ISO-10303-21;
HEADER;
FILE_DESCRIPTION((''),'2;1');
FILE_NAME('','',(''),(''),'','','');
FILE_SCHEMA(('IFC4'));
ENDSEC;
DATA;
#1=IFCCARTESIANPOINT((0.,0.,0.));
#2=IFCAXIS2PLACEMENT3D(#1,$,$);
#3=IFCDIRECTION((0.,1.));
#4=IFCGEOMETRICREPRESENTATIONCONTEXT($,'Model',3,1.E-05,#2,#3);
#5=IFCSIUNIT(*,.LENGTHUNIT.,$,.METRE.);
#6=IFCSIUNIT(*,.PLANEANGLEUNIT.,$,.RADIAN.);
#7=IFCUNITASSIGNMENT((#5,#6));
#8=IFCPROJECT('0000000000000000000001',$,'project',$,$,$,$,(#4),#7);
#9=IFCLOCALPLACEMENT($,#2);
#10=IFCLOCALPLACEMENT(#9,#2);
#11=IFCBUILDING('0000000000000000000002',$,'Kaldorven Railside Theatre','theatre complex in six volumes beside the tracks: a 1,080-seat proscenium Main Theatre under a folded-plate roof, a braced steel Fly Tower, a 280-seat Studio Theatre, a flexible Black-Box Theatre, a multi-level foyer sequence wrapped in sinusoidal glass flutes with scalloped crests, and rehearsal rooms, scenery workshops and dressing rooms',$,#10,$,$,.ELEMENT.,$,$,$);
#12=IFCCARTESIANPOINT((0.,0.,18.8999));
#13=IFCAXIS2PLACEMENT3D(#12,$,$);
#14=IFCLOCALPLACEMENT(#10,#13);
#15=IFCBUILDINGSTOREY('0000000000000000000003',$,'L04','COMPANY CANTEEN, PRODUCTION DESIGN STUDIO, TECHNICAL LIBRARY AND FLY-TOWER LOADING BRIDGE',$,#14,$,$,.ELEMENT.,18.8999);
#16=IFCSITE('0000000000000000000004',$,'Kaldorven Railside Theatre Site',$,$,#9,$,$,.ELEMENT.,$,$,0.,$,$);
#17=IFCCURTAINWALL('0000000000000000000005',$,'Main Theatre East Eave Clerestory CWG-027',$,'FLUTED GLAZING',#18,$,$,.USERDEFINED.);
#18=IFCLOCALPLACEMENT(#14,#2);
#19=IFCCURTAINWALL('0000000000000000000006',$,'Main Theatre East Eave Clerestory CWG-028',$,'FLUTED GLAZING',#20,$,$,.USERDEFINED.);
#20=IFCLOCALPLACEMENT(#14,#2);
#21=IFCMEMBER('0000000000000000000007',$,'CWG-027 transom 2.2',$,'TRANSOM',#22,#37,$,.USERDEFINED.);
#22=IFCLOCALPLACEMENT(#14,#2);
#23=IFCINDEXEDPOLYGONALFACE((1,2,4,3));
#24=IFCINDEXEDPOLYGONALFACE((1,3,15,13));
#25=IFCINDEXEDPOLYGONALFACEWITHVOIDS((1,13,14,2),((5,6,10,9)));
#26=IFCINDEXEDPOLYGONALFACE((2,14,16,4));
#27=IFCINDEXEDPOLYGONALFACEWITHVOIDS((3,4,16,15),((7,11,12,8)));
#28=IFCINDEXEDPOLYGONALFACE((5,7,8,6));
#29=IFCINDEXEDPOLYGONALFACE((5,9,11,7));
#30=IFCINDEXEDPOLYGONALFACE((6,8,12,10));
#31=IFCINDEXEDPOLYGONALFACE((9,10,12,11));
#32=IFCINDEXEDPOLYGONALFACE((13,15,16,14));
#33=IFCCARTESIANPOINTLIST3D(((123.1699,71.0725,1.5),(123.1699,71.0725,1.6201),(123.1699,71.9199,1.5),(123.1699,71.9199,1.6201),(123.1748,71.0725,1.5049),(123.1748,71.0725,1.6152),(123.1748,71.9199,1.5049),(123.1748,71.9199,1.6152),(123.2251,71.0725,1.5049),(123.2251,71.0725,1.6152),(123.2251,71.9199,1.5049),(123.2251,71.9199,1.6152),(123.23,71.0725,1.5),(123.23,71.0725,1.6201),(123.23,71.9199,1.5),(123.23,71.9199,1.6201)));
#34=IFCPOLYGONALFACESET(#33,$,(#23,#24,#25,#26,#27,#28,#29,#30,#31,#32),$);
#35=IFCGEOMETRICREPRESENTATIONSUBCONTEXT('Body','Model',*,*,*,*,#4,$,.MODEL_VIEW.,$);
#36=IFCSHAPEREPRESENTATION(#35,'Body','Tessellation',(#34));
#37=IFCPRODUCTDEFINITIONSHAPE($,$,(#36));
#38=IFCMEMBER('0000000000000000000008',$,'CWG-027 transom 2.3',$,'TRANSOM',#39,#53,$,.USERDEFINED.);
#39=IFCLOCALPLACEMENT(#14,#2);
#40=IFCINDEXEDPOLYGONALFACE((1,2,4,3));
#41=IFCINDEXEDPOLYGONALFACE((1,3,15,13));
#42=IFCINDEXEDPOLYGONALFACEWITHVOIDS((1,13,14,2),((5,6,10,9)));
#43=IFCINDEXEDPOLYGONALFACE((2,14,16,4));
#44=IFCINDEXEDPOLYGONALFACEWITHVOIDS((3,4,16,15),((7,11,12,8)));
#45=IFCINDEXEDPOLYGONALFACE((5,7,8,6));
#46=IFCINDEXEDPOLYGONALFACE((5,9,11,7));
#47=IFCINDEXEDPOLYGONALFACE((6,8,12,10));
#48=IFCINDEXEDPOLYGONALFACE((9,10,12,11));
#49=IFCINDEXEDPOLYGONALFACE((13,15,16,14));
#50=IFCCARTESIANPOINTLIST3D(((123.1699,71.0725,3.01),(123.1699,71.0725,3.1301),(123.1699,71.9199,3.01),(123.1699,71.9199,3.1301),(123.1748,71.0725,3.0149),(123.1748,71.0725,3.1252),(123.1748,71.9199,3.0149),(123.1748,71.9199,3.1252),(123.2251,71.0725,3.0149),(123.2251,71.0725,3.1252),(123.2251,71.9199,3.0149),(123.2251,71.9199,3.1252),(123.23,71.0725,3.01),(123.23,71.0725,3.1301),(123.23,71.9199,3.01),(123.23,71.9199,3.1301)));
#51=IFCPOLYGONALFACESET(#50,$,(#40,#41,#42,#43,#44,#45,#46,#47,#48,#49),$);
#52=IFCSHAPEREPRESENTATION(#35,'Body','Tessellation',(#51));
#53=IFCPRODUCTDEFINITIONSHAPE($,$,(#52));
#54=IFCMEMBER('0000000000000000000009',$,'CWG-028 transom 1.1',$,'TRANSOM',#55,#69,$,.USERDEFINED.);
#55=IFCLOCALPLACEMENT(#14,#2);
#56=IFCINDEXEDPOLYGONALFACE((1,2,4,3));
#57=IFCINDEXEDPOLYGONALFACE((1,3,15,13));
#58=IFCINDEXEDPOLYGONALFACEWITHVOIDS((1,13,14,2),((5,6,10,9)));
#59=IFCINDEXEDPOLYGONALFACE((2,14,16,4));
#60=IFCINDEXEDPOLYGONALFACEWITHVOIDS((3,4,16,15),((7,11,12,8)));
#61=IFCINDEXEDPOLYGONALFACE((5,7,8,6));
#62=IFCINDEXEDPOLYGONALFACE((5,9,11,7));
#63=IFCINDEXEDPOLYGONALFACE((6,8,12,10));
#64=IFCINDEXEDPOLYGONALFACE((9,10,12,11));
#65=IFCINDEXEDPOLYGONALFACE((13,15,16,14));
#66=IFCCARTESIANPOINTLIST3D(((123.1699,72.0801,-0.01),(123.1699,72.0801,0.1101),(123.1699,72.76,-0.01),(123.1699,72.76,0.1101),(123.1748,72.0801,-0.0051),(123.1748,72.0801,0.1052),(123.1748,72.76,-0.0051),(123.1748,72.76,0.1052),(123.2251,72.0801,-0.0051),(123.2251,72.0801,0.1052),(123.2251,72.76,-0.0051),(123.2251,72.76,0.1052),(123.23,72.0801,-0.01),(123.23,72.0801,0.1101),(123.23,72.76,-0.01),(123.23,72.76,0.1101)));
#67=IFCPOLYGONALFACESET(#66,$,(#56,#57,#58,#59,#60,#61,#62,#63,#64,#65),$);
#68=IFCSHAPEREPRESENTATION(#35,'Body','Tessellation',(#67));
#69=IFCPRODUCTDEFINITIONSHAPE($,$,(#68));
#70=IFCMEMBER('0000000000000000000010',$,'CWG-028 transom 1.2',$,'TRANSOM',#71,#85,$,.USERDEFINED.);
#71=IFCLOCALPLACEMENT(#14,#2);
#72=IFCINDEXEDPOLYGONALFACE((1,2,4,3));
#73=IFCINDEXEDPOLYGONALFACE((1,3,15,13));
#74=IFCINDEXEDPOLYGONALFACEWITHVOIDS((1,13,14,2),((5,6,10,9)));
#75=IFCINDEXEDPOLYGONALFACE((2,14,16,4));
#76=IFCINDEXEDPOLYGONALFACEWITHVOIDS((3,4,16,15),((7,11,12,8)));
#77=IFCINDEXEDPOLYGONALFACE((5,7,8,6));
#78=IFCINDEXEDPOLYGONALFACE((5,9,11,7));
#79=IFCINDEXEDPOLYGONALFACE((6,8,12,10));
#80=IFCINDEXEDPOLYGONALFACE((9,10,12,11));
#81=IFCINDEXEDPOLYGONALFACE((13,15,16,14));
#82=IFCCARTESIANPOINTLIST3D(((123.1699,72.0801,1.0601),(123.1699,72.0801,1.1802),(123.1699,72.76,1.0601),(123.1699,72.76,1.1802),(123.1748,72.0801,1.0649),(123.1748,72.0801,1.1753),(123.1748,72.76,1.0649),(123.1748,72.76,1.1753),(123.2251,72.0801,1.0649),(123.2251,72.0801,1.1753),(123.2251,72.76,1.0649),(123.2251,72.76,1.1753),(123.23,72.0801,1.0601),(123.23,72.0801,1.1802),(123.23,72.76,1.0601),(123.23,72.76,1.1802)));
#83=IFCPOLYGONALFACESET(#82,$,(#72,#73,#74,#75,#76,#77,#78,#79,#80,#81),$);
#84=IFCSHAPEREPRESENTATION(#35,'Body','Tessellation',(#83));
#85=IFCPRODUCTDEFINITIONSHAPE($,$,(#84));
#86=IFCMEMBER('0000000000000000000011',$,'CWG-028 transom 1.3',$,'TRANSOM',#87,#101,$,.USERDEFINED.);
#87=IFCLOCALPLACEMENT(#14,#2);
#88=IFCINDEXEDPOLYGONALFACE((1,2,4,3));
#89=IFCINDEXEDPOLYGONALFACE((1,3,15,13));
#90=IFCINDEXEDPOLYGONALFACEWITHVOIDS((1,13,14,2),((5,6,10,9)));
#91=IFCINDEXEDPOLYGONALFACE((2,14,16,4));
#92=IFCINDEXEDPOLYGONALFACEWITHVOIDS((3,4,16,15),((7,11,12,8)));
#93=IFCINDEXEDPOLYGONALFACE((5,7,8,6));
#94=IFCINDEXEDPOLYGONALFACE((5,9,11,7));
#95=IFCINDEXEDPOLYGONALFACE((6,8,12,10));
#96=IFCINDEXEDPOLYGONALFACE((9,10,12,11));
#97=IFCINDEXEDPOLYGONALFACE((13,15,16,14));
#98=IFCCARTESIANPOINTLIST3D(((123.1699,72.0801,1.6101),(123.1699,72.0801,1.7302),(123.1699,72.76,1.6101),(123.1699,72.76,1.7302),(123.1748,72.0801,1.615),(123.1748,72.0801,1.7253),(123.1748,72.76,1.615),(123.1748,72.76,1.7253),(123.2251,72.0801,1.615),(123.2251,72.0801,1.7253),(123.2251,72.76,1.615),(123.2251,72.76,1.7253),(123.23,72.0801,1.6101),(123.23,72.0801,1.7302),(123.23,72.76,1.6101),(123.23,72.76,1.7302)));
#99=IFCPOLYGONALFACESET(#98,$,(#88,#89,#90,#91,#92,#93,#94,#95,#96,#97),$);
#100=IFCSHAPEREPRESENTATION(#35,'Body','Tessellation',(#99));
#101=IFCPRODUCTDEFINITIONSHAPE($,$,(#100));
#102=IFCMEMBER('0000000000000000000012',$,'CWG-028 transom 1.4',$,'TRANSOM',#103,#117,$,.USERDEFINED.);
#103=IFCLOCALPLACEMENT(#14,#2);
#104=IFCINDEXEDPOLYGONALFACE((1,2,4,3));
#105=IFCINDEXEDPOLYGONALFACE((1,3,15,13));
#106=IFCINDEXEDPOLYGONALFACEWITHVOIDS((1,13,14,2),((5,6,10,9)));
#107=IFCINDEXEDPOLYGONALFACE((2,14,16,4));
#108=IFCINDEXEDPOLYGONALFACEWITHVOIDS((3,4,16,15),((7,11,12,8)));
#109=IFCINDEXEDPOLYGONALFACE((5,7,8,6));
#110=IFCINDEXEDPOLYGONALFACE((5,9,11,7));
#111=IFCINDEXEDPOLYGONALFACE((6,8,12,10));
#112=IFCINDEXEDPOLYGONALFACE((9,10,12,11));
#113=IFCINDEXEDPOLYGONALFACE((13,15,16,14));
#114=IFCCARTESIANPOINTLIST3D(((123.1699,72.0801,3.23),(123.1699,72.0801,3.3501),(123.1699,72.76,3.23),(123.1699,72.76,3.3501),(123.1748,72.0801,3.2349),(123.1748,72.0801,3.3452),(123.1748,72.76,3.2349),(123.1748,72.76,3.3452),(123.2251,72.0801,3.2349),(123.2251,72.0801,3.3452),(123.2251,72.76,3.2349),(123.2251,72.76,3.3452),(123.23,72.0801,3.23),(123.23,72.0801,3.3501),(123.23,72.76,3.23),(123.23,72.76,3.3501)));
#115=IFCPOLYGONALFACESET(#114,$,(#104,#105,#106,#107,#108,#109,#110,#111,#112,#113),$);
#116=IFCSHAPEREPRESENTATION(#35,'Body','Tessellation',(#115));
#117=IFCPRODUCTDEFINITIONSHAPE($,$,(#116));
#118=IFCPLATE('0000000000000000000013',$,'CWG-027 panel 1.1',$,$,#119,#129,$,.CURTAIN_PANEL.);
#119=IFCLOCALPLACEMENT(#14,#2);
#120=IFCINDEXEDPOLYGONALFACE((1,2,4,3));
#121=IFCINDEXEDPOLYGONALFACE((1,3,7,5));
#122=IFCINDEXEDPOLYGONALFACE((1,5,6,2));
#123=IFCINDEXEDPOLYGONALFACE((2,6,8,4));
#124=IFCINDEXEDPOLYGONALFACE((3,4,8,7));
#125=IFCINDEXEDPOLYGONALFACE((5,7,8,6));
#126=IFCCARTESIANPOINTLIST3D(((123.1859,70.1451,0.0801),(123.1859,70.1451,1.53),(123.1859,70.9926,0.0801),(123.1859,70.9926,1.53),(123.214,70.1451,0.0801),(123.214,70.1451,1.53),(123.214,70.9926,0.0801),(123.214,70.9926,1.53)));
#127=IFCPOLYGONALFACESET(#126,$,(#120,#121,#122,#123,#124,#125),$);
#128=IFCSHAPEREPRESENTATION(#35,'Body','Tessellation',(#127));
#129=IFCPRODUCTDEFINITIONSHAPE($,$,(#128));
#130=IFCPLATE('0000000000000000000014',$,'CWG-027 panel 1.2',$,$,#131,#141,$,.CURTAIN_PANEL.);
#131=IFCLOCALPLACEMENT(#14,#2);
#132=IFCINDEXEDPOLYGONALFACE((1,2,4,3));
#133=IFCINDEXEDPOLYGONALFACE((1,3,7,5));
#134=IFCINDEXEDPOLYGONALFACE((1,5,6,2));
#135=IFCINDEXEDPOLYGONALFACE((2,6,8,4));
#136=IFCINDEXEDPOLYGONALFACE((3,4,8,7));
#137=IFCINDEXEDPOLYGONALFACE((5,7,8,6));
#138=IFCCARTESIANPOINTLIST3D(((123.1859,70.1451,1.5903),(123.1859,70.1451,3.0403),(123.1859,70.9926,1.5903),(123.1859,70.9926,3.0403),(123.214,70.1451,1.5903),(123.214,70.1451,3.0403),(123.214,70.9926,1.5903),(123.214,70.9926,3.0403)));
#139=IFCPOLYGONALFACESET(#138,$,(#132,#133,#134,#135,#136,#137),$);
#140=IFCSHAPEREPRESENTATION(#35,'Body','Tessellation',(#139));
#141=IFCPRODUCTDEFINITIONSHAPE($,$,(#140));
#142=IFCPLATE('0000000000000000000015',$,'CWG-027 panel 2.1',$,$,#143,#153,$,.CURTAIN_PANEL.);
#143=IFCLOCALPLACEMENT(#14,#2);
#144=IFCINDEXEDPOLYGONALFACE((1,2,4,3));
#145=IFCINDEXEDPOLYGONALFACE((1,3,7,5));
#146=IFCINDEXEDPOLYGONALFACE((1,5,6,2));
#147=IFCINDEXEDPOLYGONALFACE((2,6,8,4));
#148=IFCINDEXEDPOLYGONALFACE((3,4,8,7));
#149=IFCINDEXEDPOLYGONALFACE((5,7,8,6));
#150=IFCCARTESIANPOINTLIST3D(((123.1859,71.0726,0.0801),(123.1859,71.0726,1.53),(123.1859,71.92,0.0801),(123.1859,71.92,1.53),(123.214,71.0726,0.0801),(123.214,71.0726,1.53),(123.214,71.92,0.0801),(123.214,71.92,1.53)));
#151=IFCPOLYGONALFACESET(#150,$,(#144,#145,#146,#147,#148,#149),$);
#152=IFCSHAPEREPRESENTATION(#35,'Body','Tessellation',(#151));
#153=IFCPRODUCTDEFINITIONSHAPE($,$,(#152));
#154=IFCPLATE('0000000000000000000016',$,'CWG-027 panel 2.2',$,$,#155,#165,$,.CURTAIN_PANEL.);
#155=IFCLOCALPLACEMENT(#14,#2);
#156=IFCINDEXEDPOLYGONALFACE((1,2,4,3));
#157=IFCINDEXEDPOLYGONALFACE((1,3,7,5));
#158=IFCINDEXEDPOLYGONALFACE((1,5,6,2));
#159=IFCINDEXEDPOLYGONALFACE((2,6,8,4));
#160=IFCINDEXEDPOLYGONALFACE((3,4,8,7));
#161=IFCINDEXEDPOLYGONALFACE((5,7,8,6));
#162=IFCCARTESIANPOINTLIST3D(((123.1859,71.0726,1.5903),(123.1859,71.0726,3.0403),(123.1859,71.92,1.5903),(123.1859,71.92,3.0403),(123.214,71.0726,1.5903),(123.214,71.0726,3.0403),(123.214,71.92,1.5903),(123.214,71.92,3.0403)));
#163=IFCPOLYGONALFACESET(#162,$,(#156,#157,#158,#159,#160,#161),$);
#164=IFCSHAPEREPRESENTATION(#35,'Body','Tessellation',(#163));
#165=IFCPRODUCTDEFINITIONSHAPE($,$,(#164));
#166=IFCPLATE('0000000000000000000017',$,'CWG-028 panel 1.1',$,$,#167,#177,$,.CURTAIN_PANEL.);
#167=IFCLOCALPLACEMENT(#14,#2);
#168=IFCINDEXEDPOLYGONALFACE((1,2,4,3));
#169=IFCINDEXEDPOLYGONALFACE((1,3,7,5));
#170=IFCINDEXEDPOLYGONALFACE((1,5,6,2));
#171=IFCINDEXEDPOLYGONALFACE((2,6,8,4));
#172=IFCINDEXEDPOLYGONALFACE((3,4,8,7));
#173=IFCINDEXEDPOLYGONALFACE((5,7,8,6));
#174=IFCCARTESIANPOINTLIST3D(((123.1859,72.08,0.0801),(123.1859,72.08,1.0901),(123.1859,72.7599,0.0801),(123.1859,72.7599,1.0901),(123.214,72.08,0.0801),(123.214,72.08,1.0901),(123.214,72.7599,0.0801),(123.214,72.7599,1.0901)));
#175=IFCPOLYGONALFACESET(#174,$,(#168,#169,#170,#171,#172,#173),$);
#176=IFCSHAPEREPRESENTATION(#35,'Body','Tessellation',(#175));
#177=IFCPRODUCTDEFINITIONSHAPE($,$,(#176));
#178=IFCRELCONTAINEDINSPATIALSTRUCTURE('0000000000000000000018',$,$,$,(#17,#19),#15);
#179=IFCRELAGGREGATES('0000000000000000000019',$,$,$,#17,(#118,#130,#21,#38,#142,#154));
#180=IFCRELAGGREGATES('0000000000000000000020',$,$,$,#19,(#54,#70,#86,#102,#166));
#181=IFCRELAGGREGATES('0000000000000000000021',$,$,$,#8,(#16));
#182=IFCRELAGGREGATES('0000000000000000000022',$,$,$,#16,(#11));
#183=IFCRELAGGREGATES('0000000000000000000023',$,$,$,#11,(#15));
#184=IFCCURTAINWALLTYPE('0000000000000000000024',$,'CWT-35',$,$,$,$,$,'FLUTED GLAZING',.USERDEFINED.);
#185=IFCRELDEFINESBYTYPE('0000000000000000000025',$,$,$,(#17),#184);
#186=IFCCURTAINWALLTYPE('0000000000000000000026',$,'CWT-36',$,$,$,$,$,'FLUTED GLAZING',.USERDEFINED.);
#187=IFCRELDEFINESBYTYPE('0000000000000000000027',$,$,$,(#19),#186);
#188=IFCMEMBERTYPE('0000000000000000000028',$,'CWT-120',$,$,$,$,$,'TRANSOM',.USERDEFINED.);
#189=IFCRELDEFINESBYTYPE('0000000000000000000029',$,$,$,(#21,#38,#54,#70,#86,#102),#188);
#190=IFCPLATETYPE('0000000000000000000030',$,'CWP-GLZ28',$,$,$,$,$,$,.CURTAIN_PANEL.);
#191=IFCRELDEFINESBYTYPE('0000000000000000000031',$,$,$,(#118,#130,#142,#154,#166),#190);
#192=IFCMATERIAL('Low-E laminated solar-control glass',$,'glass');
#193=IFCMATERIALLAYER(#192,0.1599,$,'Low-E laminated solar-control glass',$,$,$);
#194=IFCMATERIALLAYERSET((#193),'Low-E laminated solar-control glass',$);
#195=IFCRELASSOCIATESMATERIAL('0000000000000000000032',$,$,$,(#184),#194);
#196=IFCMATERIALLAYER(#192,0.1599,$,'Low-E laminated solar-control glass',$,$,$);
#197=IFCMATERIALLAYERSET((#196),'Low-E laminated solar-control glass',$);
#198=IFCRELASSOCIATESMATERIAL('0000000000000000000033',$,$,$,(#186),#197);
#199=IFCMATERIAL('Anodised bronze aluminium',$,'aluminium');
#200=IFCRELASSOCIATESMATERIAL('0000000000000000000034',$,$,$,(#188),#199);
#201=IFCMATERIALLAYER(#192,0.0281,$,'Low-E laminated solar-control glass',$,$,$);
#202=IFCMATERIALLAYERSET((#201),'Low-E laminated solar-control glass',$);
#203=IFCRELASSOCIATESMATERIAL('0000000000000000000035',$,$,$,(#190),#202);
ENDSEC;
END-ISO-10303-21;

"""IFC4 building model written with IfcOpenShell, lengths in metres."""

from ifc_helpers import new_model, si_unit, direction, frame, origin, origin_2d, place, context, subcontext, project, spatial, rectangle, hollow_rectangle, extrude, material, layer, layer_set, material_profile, profile_set, type_object, element, aggregate, save


model = new_model("IFC4")

# Units and contexts
model_context = context("Model", 3, precision=1e-05, world=origin(), true_north=direction((0.0, 1.0)))
body_context = subcontext(model_context, "Body", "Model", "MODEL_VIEW")
ifc_project = project(units=[si_unit("LENGTHUNIT", "METRE"), si_unit("PLANEANGLEUNIT", "RADIAN")], contexts=[model_context])

# Site, building, storey
site_placement = place(None, origin())
site = spatial("IfcSite", under=ifc_project, at=site_placement, Name="Kaldorven Railside Theatre Site", CompositionType="ELEMENT", RefElevation=0.0)
building_placement = place(site_placement, origin())
building = spatial("IfcBuilding", under=site, at=building_placement, Name="Kaldorven Railside Theatre", Description="theatre complex in six volumes beside the tracks: a 1,080-seat proscenium Main Theatre under a folded-plate roof, a braced steel Fly Tower, a 280-seat Studio Theatre, a flexible Black-Box Theatre, a multi-level foyer sequence wrapped in sinusoidal glass flutes with scalloped crests, and rehearsal rooms, scenery workshops and dressing rooms", CompositionType="ELEMENT")
storey_placement = place(building_placement, frame((0.0, 0.0, 18.8999)))
storey = spatial("IfcBuildingStorey", under=building, at=storey_placement, Name="L04", Description="COMPANY CANTEEN, PRODUCTION DESIGN STUDIO, TECHNICAL LIBRARY AND FLY-TOWER LOADING BRIDGE", CompositionType="ELEMENT", Elevation=18.8999)

# Curtain wall
ifc_material_1 = material(Name="Low-E laminated solar-control glass", Category="glass")
ifc_layer_1 = layer(ifc_material_1, 0.1599, Name="Low-E laminated solar-control glass")
ifc_layer_set_1 = layer_set([ifc_layer_1], Name="Low-E laminated solar-control glass")
curtain_wall_type_1 = type_object("IfcCurtainWallType", Name="CWT-35", ElementType="FLUTED GLAZING", PredefinedType="USERDEFINED", material=ifc_layer_set_1)
curtain_wall_1_placement = place(storey_placement, origin())
curtain_wall_1 = element("IfcCurtainWall", 1, at=curtain_wall_1_placement, inside=storey, type_object=curtain_wall_type_1, Name="Main Theatre East Eave Clerestory CWG-027", ObjectType="FLUTED GLAZING", PredefinedType="USERDEFINED")
ifc_material_2 = material(Name="Anodised bronze aluminium", Category="aluminium")

# Curtain wall
ifc_layer_2 = layer(ifc_material_1, 0.1599, Name="Low-E laminated solar-control glass")
ifc_layer_set_2 = layer_set([ifc_layer_2], Name="Low-E laminated solar-control glass")
curtain_wall_type_2 = type_object("IfcCurtainWallType", Name="CWT-36", ElementType="FLUTED GLAZING", PredefinedType="USERDEFINED", material=ifc_layer_set_2)
curtain_wall_2_placement = place(storey_placement, origin())
curtain_wall_2 = element("IfcCurtainWall", 2, at=curtain_wall_2_placement, inside=storey, type_object=curtain_wall_type_2, Name="Main Theatre East Eave Clerestory CWG-028", ObjectType="FLUTED GLAZING", PredefinedType="USERDEFINED")

# Members
ifc_material_profile_1 = material_profile(ifc_material_2, hollow_rectangle(XDim=0.0601, YDim=0.1201, WallThickness=0.0049, at=origin_2d()), Name="RHS 120x60x5")
ifc_profile_set_1 = profile_set([ifc_material_profile_1], Name="Anodised bronze aluminium")
member_type_1 = type_object("IfcMemberType", Name="CWT-120", ElementType="TRANSOM", PredefinedType="USERDEFINED", material=ifc_profile_set_1)
member_1_placement = place(storey_placement, frame((123.2, 71.0725, 1.5601), z_axis=(0.0, 1.0, 0.0), x_axis=(-1.0, 0.0, 0.0)))
member_1 = element("IfcMember", 3, at=member_1_placement, type_object=member_type_1, Name="CWG-027 transom 2.2", ObjectType="TRANSOM", PredefinedType="USERDEFINED", context=body_context, shape_type="SweptSolid", body=[
    extrude(hollow_rectangle(XDim=0.0601, YDim=0.1201, WallThickness=0.0049, at=origin_2d()), origin(), (0.0, 0.0, 1.0), 0.8474),
])
member_2_placement = place(storey_placement, frame((123.2, 71.0725, 3.0701), z_axis=(0.0, 1.0, 0.0), x_axis=(-1.0, 0.0, 0.0)))
member_2 = element("IfcMember", 4, at=member_2_placement, type_object=member_type_1, Name="CWG-027 transom 2.3", ObjectType="TRANSOM", PredefinedType="USERDEFINED", context=body_context, shape_type="SweptSolid", body=[
    extrude(hollow_rectangle(XDim=0.0601, YDim=0.1201, WallThickness=0.0049, at=origin_2d()), origin(), (0.0, 0.0, 1.0), 0.8474),
])
member_3_placement = place(storey_placement, frame((123.2, 72.0801, 0.05), z_axis=(0.0, 1.0, 0.0), x_axis=(-1.0, 0.0, 0.0)))
member_3 = element("IfcMember", 5, at=member_3_placement, type_object=member_type_1, Name="CWG-028 transom 1.1", ObjectType="TRANSOM", PredefinedType="USERDEFINED", context=body_context, shape_type="SweptSolid", body=[
    extrude(hollow_rectangle(XDim=0.0601, YDim=0.1201, WallThickness=0.0049, at=origin_2d()), origin(), (0.0, 0.0, 1.0), 0.6799),
])
member_4_placement = place(storey_placement, frame((123.2, 72.0801, 1.1201), z_axis=(0.0, 1.0, 0.0), x_axis=(-1.0, 0.0, 0.0)))
member_4 = element("IfcMember", 6, at=member_4_placement, type_object=member_type_1, Name="CWG-028 transom 1.2", ObjectType="TRANSOM", PredefinedType="USERDEFINED", context=body_context, shape_type="SweptSolid", body=[
    extrude(hollow_rectangle(XDim=0.0601, YDim=0.1201, WallThickness=0.0049, at=origin_2d()), origin(), (0.0, 0.0, 1.0), 0.6799),
])
member_5_placement = place(storey_placement, frame((123.2, 72.0801, 1.6702), z_axis=(0.0, 1.0, 0.0), x_axis=(-1.0, 0.0, 0.0)))
member_5 = element("IfcMember", 7, at=member_5_placement, type_object=member_type_1, Name="CWG-028 transom 1.3", ObjectType="TRANSOM", PredefinedType="USERDEFINED", context=body_context, shape_type="SweptSolid", body=[
    extrude(hollow_rectangle(XDim=0.0601, YDim=0.1201, WallThickness=0.0049, at=origin_2d()), origin(), (0.0, 0.0, 1.0), 0.6799),
])
member_6_placement = place(storey_placement, frame((123.2, 72.0801, 3.29), z_axis=(0.0, 1.0, 0.0), x_axis=(-1.0, 0.0, 0.0)))
member_6 = element("IfcMember", 8, at=member_6_placement, type_object=member_type_1, Name="CWG-028 transom 1.4", ObjectType="TRANSOM", PredefinedType="USERDEFINED", context=body_context, shape_type="SweptSolid", body=[
    extrude(hollow_rectangle(XDim=0.0601, YDim=0.1201, WallThickness=0.0049, at=origin_2d()), origin(), (0.0, 0.0, 1.0), 0.6799),
])

# Plates
ifc_layer_3 = layer(ifc_material_1, 0.0281, Name="Low-E laminated solar-control glass")
ifc_layer_set_3 = layer_set([ifc_layer_3], Name="Low-E laminated solar-control glass")
plate_type = type_object("IfcPlateType", Name="CWP-GLZ28", PredefinedType="CURTAIN_PANEL", material=ifc_layer_set_3)
plate_1_placement = place(storey_placement, frame((123.2, 70.5688, 0.0801), z_axis=(0.0, 0.0, 1.0), x_axis=(0.0, 1.0, 0.0)))
plate_1 = element("IfcPlate", 9, at=plate_1_placement, type_object=plate_type, Name="CWG-027 panel 1.1", PredefinedType="CURTAIN_PANEL", context=body_context, shape_type="SweptSolid", body=[
    extrude(rectangle(XDim=0.8474, YDim=0.0281, at=origin_2d()), origin(), (0.0, 0.0, 1.0), 1.45),
])
plate_2_placement = place(storey_placement, frame((123.2, 70.5688, 1.5903), z_axis=(0.0, 0.0, 1.0), x_axis=(0.0, 1.0, 0.0)))
plate_2 = element("IfcPlate", 10, at=plate_2_placement, type_object=plate_type, Name="CWG-027 panel 1.2", PredefinedType="CURTAIN_PANEL", context=body_context, shape_type="SweptSolid", body=[
    extrude(rectangle(XDim=0.8474, YDim=0.0281, at=origin_2d()), origin(), (0.0, 0.0, 1.0), 1.45),
])
plate_3_placement = place(storey_placement, frame((123.2, 71.4963, 0.0801), z_axis=(0.0, 0.0, 1.0), x_axis=(0.0, 1.0, 0.0)))
plate_3 = element("IfcPlate", 11, at=plate_3_placement, type_object=plate_type, Name="CWG-027 panel 2.1", PredefinedType="CURTAIN_PANEL", context=body_context, shape_type="SweptSolid", body=[
    extrude(rectangle(XDim=0.8474, YDim=0.0281, at=origin_2d()), origin(), (0.0, 0.0, 1.0), 1.45),
])
plate_4_placement = place(storey_placement, frame((123.2, 71.4963, 1.5903), z_axis=(0.0, 0.0, 1.0), x_axis=(0.0, 1.0, 0.0)))
plate_4 = element("IfcPlate", 12, at=plate_4_placement, type_object=plate_type, Name="CWG-027 panel 2.2", PredefinedType="CURTAIN_PANEL", context=body_context, shape_type="SweptSolid", body=[
    extrude(rectangle(XDim=0.8474, YDim=0.0281, at=origin_2d()), origin(), (0.0, 0.0, 1.0), 1.45),
])
aggregate(curtain_wall_1, [plate_1, plate_2, member_1, member_2, plate_3, plate_4])
plate_5_placement = place(storey_placement, frame((123.2, 72.4199, 0.0801), z_axis=(0.0, 0.0, 1.0), x_axis=(0.0, 1.0, 0.0)))
plate_5 = element("IfcPlate", 13, at=plate_5_placement, type_object=plate_type, Name="CWG-028 panel 1.1", PredefinedType="CURTAIN_PANEL", context=body_context, shape_type="SweptSolid", body=[
    extrude(rectangle(XDim=0.6799, YDim=0.0281, at=origin_2d()), origin(), (0.0, 0.0, 1.0), 1.01),
])
aggregate(curtain_wall_2, [member_3, member_4, member_5, member_6, plate_5])

save(model, "model.ifc")
